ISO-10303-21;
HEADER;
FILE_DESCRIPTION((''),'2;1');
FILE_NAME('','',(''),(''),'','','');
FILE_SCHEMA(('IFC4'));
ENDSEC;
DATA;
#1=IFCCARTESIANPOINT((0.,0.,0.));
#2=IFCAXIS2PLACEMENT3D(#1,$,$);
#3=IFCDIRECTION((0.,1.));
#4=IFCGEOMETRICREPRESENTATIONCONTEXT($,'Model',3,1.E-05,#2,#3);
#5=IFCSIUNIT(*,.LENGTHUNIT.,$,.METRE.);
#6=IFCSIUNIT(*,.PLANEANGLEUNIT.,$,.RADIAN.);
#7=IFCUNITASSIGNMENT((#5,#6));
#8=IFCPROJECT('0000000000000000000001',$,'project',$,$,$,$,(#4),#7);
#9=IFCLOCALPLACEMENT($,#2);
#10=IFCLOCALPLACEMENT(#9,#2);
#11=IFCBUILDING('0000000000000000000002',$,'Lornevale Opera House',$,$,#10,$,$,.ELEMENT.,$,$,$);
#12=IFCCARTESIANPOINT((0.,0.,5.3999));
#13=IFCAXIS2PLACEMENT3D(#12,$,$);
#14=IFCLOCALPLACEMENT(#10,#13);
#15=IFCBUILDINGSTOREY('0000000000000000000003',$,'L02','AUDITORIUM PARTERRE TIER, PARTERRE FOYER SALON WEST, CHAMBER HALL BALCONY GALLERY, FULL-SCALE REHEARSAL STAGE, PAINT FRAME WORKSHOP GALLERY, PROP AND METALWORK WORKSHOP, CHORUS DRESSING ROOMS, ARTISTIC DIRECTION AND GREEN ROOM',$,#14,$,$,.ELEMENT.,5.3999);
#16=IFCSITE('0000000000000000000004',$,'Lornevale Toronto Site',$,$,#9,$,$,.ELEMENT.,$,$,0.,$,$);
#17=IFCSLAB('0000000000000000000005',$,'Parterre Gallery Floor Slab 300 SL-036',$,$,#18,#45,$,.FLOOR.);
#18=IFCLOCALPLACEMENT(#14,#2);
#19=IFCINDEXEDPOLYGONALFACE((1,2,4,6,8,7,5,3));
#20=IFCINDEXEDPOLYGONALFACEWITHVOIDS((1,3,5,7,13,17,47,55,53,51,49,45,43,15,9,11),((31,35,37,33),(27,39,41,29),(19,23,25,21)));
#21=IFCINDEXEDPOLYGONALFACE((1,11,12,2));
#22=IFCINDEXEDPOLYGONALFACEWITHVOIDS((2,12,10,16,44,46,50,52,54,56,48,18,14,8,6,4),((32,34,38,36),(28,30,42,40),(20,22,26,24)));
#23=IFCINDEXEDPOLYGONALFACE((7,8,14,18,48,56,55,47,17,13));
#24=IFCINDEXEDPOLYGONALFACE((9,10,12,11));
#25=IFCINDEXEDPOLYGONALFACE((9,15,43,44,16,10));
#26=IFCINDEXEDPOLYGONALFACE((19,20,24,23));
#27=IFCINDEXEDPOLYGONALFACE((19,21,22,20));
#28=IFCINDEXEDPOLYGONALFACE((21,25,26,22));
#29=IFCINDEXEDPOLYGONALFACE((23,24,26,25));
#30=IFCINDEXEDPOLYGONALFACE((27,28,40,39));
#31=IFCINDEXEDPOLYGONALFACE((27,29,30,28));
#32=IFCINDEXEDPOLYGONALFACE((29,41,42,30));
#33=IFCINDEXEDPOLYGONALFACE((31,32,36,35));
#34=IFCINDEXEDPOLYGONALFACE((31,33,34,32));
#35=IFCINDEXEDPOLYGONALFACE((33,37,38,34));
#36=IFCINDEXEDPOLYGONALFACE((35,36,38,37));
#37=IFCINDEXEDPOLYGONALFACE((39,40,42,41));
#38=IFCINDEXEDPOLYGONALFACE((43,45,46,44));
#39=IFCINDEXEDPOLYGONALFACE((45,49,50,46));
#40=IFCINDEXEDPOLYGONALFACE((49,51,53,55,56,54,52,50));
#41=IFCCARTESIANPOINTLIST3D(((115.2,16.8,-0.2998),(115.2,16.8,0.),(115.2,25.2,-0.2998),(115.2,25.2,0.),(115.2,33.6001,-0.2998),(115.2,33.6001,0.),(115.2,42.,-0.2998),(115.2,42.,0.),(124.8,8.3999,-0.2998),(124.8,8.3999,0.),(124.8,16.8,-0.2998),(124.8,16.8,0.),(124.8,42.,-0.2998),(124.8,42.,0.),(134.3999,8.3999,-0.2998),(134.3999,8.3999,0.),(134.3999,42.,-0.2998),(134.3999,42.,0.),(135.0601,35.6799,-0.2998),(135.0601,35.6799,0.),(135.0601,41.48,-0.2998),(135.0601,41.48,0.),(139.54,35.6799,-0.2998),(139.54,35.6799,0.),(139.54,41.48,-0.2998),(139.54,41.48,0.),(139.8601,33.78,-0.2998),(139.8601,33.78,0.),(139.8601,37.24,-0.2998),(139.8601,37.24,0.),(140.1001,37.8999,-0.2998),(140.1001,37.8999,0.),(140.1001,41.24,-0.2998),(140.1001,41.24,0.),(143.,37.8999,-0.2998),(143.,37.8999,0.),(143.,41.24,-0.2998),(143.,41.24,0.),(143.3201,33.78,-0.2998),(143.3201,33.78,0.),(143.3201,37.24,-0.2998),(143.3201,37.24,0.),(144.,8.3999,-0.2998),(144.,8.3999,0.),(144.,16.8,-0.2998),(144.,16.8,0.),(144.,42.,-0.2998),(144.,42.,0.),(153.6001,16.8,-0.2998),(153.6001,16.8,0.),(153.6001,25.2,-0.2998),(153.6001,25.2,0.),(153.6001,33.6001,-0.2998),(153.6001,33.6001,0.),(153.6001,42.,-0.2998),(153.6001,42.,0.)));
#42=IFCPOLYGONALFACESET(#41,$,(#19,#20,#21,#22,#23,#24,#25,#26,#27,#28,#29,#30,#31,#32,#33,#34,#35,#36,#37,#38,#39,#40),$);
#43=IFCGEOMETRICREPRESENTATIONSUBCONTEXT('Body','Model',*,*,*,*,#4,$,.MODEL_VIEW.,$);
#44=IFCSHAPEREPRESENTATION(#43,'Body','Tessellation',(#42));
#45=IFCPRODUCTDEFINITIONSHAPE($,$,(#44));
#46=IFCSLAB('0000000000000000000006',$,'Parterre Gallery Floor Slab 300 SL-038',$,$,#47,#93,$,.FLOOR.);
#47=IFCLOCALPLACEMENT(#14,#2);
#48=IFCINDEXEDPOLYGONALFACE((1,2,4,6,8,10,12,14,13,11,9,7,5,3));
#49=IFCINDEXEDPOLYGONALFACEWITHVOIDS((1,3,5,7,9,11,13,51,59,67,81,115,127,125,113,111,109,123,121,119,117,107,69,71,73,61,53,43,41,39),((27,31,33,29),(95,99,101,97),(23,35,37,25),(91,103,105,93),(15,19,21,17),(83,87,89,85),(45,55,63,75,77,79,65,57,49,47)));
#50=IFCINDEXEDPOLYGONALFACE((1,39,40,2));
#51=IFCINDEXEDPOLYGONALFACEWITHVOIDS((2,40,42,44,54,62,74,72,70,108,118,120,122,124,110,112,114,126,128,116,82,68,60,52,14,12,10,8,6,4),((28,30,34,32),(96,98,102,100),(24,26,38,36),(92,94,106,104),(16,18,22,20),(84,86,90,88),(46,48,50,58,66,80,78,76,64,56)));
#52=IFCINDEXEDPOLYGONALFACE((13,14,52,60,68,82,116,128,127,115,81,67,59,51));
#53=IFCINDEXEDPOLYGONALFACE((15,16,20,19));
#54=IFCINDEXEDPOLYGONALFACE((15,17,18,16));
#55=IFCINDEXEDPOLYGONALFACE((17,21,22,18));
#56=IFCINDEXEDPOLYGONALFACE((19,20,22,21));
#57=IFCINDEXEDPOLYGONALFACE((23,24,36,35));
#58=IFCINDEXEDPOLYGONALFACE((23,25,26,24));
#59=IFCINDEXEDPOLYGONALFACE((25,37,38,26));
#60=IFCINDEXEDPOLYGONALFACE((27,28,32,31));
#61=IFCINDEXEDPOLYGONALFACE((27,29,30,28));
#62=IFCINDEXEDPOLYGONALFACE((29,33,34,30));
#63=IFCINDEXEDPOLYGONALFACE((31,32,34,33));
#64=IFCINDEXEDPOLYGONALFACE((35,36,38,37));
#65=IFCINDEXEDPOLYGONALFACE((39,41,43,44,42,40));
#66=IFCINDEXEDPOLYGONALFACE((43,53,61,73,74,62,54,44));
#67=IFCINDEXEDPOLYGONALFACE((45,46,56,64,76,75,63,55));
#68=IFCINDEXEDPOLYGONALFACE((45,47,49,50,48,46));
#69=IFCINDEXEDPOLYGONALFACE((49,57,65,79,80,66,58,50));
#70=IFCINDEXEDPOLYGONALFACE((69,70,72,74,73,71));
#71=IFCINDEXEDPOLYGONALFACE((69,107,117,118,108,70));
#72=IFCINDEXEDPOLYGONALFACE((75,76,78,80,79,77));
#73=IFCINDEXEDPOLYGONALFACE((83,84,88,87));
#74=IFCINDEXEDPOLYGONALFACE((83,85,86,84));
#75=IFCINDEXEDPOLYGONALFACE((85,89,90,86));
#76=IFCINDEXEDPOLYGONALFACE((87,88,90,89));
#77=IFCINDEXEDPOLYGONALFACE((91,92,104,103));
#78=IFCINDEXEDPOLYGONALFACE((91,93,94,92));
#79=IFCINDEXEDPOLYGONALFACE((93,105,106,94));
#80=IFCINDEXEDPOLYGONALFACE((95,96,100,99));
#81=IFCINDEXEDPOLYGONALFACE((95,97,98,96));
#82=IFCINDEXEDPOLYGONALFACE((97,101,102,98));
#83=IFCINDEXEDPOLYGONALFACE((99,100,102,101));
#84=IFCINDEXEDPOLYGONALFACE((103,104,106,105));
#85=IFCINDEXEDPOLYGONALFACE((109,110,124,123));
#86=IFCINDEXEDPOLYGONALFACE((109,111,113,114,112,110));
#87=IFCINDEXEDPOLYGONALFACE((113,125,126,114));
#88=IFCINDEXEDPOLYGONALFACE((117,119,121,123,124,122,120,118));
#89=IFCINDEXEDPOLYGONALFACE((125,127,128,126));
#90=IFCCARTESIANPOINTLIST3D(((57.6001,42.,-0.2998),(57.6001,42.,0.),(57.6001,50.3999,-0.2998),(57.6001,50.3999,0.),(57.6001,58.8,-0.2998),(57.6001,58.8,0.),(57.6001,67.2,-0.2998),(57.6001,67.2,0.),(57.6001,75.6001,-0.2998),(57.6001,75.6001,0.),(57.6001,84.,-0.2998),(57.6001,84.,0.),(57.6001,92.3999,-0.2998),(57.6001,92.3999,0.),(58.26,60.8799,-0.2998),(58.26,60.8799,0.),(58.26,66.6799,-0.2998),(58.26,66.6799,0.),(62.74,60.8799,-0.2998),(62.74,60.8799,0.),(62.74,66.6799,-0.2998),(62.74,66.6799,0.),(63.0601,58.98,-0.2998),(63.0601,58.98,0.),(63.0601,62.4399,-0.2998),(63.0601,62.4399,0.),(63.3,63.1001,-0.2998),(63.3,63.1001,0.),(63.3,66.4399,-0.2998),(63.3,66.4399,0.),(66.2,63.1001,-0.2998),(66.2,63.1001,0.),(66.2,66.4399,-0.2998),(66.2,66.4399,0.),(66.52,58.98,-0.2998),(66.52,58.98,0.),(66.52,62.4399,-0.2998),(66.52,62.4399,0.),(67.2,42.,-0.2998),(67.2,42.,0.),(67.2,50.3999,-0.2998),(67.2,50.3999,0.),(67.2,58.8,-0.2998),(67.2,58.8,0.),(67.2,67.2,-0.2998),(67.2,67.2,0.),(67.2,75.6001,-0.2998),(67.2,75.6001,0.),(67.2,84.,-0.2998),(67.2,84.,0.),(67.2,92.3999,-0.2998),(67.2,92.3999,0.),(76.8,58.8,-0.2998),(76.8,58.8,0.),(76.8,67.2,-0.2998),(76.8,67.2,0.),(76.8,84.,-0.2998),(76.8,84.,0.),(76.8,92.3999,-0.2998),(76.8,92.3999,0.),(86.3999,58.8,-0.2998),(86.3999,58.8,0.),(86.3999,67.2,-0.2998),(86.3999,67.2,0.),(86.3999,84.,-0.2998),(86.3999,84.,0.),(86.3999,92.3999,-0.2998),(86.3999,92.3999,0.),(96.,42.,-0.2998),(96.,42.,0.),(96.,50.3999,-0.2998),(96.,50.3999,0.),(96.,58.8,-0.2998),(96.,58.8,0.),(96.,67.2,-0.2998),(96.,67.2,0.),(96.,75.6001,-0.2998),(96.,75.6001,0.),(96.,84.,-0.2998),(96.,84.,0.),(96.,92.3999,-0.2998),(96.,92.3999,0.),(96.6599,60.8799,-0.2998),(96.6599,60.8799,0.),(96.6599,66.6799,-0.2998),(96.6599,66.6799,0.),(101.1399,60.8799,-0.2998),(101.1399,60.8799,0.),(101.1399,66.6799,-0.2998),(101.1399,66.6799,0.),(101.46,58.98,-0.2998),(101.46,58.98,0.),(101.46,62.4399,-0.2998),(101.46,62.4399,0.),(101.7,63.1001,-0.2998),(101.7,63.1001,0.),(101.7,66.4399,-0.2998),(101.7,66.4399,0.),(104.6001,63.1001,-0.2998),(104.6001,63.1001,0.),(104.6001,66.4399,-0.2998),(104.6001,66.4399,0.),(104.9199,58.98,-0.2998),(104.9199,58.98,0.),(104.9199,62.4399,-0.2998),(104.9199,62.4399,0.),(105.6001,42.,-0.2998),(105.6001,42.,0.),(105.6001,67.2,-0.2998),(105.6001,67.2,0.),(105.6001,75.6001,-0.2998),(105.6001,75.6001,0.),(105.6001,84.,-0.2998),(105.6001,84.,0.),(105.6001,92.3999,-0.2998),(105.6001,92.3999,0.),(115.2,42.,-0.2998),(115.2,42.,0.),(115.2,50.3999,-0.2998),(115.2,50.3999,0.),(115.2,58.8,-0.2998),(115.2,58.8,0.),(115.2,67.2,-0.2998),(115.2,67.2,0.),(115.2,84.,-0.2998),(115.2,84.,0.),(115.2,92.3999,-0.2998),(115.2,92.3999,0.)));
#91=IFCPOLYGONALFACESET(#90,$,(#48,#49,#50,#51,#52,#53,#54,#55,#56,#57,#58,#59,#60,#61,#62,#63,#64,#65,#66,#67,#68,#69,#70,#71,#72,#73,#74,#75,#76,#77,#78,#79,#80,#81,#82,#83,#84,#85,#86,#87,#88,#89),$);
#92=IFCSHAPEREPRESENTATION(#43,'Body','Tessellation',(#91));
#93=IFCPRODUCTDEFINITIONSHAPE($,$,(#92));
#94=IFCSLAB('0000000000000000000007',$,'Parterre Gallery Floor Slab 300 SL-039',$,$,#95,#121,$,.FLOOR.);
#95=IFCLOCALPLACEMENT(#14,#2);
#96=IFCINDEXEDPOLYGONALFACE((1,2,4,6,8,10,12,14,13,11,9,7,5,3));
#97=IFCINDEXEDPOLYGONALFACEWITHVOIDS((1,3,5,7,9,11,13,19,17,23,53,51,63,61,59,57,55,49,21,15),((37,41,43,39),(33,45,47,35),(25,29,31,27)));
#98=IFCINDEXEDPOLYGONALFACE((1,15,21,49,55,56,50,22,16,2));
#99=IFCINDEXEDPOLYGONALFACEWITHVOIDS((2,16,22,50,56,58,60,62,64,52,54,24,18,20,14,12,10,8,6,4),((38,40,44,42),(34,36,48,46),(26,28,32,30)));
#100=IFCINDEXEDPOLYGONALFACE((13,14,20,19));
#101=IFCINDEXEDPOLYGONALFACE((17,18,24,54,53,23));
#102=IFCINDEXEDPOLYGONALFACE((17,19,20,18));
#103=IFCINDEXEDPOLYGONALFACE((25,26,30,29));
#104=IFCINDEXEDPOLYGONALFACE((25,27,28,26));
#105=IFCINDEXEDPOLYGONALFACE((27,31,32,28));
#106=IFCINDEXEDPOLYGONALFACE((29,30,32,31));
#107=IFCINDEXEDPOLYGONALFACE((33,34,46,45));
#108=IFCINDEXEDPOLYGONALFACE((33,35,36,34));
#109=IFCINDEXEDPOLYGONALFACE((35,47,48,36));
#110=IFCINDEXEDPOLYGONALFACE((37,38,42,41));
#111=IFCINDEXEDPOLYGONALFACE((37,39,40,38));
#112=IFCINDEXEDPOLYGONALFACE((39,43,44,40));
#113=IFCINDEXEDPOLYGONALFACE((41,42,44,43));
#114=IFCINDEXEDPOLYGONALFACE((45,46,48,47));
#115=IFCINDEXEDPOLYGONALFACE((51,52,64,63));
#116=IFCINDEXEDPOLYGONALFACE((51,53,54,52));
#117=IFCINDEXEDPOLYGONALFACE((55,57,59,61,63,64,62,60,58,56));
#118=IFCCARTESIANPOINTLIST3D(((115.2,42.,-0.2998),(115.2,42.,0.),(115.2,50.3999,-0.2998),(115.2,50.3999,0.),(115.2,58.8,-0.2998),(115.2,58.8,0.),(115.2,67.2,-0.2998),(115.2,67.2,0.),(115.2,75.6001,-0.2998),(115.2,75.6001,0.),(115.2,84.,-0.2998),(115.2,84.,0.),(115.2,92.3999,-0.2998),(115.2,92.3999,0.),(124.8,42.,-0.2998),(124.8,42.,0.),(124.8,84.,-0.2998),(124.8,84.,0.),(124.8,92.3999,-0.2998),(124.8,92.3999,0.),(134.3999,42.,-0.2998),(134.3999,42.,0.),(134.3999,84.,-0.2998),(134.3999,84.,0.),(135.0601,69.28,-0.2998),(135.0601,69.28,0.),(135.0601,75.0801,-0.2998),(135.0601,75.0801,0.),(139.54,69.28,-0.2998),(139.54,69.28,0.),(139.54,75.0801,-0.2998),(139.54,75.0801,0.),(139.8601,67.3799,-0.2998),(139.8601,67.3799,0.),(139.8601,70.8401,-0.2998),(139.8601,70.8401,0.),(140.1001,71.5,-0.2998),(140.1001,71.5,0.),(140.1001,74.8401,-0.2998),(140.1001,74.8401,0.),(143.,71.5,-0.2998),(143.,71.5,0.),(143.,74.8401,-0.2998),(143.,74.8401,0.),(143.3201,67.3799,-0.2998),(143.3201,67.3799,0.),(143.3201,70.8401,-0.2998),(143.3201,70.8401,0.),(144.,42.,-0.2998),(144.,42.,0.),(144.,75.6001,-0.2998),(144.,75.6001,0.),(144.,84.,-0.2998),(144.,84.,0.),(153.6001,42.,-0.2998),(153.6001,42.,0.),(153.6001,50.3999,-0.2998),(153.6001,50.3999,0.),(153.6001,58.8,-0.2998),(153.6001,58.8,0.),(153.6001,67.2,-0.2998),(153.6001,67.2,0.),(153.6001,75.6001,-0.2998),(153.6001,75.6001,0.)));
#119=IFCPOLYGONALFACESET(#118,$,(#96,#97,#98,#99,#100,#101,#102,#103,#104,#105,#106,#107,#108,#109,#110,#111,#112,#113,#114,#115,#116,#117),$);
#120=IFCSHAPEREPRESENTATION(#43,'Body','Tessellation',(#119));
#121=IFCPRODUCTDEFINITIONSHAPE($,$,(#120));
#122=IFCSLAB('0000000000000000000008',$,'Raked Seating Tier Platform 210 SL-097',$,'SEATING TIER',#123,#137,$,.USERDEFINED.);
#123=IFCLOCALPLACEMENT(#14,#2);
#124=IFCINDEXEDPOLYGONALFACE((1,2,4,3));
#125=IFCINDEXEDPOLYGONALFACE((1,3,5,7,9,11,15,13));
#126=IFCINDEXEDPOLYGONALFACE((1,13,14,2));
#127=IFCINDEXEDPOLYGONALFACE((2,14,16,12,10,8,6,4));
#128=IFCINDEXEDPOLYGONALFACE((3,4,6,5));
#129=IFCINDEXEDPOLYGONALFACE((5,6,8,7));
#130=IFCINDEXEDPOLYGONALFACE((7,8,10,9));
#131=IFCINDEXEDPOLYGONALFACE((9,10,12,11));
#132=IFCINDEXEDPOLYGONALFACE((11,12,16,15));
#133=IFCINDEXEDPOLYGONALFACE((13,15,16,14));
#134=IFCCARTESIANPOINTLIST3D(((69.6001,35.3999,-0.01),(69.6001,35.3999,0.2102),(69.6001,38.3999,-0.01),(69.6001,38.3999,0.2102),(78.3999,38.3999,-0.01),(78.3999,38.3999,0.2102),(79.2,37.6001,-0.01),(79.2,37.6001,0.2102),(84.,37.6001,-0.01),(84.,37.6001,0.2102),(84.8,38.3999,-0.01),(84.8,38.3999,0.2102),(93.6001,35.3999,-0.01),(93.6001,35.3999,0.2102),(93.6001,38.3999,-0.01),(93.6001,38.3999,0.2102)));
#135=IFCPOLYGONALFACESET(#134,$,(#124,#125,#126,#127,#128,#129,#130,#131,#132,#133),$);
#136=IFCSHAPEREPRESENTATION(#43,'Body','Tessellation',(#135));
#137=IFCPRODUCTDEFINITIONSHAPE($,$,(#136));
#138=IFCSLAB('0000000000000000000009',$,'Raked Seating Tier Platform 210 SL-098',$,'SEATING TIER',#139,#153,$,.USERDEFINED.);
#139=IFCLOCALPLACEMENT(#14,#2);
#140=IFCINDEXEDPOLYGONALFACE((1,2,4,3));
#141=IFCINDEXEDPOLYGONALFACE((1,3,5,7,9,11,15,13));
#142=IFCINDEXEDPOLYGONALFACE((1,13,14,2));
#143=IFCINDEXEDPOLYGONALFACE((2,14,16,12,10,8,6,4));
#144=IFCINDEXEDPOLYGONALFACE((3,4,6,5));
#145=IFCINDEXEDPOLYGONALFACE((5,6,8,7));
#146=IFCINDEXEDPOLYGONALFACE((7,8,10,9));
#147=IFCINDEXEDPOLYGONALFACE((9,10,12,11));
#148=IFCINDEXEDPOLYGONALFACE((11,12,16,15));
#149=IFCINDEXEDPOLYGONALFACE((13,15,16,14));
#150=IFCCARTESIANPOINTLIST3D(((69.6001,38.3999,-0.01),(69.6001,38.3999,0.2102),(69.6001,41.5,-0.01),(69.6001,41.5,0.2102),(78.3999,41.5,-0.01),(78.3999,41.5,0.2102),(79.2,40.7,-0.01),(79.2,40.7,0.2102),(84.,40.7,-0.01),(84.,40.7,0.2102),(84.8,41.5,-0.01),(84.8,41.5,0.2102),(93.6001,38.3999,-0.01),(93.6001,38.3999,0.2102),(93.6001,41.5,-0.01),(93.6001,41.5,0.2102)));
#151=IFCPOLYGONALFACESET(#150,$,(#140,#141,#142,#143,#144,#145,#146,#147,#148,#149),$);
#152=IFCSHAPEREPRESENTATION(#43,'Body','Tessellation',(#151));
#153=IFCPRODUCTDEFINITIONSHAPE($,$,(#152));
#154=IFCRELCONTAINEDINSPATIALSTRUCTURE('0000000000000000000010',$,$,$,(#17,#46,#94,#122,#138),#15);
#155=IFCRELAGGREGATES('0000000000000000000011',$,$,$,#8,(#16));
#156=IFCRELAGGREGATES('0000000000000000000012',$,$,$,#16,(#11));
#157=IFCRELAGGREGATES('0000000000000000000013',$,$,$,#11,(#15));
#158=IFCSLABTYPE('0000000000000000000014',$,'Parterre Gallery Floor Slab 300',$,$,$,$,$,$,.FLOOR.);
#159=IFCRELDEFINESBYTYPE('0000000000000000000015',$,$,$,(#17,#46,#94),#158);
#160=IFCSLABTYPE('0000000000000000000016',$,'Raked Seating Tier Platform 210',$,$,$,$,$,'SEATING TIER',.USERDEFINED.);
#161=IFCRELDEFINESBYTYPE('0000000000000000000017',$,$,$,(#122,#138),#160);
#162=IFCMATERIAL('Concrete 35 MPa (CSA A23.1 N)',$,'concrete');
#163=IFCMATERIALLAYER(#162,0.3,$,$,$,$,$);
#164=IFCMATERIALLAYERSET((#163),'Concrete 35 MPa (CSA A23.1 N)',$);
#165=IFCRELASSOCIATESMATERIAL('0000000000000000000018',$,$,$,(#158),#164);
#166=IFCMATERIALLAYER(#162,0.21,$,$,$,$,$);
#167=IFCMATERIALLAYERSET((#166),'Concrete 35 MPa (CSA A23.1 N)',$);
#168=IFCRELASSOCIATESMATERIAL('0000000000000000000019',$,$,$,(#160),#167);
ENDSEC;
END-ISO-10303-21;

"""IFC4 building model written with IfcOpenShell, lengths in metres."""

from ifc_helpers import new_model, si_unit, direction, frame, origin, place, context, subcontext, project, spatial, polyline, outline, extrude, material, layer, layer_set, type_object, element, save


model = new_model("IFC4")

# Units and contexts
model_context = context("Model", 3, precision=1e-05, world=origin(), true_north=direction((0.0, 1.0)))
body_context = subcontext(model_context, "Body", "Model", "MODEL_VIEW")
ifc_project = project(units=[si_unit("LENGTHUNIT", "METRE"), si_unit("PLANEANGLEUNIT", "RADIAN")], contexts=[model_context])

# Site, building, storey
site_placement = place(None, origin())
site = spatial("IfcSite", under=ifc_project, at=site_placement, Name="Lornevale Toronto Site", CompositionType="ELEMENT", RefElevation=0.0)
building_placement = place(site_placement, origin())
building = spatial("IfcBuilding", under=site, at=building_placement, Name="Lornevale Opera House", CompositionType="ELEMENT")
storey_placement = place(building_placement, frame((0.0, 0.0, 5.3999)))
storey = spatial("IfcBuildingStorey", under=building, at=storey_placement, Name="L02", Description="AUDITORIUM PARTERRE TIER, PARTERRE FOYER SALON WEST, CHAMBER HALL BALCONY GALLERY, FULL-SCALE REHEARSAL STAGE, PAINT FRAME WORKSHOP GALLERY, PROP AND METALWORK WORKSHOP, CHORUS DRESSING ROOMS, ARTISTIC DIRECTION AND GREEN ROOM", CompositionType="ELEMENT", Elevation=5.3999)

# Slabs
ifc_material_1 = material(Name="Concrete 35 MPa (CSA A23.1 N)", Category="concrete")
ifc_layer_1 = layer(ifc_material_1, 0.3)
ifc_layer_set_1 = layer_set([ifc_layer_1], Name="Concrete 35 MPa (CSA A23.1 N)")
slab_type_1 = type_object("IfcSlabType", Name="Parterre Gallery Floor Slab 300", PredefinedType="FLOOR", material=ifc_layer_set_1)
slab_1_placement = place(storey_placement, frame((0.0, 0.0, -0.2998)))
element("IfcSlab", 1, at=slab_1_placement, inside=storey, type_object=slab_type_1, Name="Parterre Gallery Floor Slab 300 SL-036", PredefinedType="FLOOR", context=body_context, shape_type="SweptSolid", body=[
    extrude(outline(polyline([(124.8, 16.8), (115.2, 16.8), (115.2, 25.2), (115.2, 33.6001), (115.2, 42.0), (124.8, 42.0), (134.3999, 42.0), (144.0, 42.0), (153.6001, 42.0), (153.6001, 33.6001), (153.6001, 25.2), (153.6001, 16.8), (144.0, 16.8), (144.0, 8.3999), (134.3999, 8.3999), (124.8, 8.3999), (124.8, 16.8)]), holes=[polyline([(139.8601, 33.78), (143.3201, 33.78), (143.3201, 37.24), (139.8601, 37.24), (139.8601, 33.78)]), polyline([(135.0601, 35.6799), (139.54, 35.6799), (139.54, 41.48), (135.0601, 41.48), (135.0601, 35.6799)]), polyline([(140.1001, 37.8999), (143.0, 37.8999), (143.0, 41.24), (140.1001, 41.24), (140.1001, 37.8999)])]), origin(), (0.0, 0.0, 1.0), 0.2998),
])
slab_2_placement = place(storey_placement, frame((0.0, 0.0, -0.2998)))
element("IfcSlab", 2, at=slab_2_placement, inside=storey, type_object=slab_type_1, Name="Parterre Gallery Floor Slab 300 SL-038", PredefinedType="FLOOR", context=body_context, shape_type="SweptSolid", body=[
    extrude(outline(polyline([(57.6001, 58.8), (57.6001, 67.2), (57.6001, 75.6001), (57.6001, 84.0), (57.6001, 92.3999), (67.2, 92.3999), (76.8, 92.3999), (86.3999, 92.3999), (96.0, 92.3999), (105.6001, 92.3999), (115.2, 92.3999), (115.2, 84.0), (105.6001, 84.0), (105.6001, 75.6001), (105.6001, 67.2), (115.2, 67.2), (115.2, 58.8), (115.2, 50.3999), (115.2, 42.0), (105.6001, 42.0), (96.0, 42.0), (96.0, 50.3999), (96.0, 58.8), (86.3999, 58.8), (76.8, 58.8), (67.2, 58.8), (67.2, 50.3999), (67.2, 42.0), (57.6001, 42.0), (57.6001, 50.3999), (57.6001, 58.8)]), holes=[polyline([(86.3999, 84.0), (76.8, 84.0), (67.2, 84.0), (67.2, 75.6001), (67.2, 67.2), (76.8, 67.2), (86.3999, 67.2), (96.0, 67.2), (96.0, 75.6001), (96.0, 84.0), (86.3999, 84.0)]), polyline([(63.0601, 58.98), (66.52, 58.98), (66.52, 62.4399), (63.0601, 62.4399), (63.0601, 58.98)]), polyline([(58.26, 60.8799), (62.74, 60.8799), (62.74, 66.6799), (58.26, 66.6799), (58.26, 60.8799)]), polyline([(101.46, 58.98), (104.9199, 58.98), (104.9199, 62.4399), (101.46, 62.4399), (101.46, 58.98)]), polyline([(96.6599, 60.8799), (101.1399, 60.8799), (101.1399, 66.6799), (96.6599, 66.6799), (96.6599, 60.8799)]), polyline([(63.3, 63.1001), (66.2, 63.1001), (66.2, 66.4399), (63.3, 66.4399), (63.3, 63.1001)]), polyline([(101.7, 63.1001), (104.6001, 63.1001), (104.6001, 66.4399), (101.7, 66.4399), (101.7, 63.1001)])]), origin(), (0.0, 0.0, 1.0), 0.2998),
])
slab_3_placement = place(storey_placement, frame((0.0, 0.0, -0.2998)))
element("IfcSlab", 3, at=slab_3_placement, inside=storey, type_object=slab_type_1, Name="Parterre Gallery Floor Slab 300 SL-039", PredefinedType="FLOOR", context=body_context, shape_type="SweptSolid", body=[
    extrude(outline(polyline([(115.2, 58.8), (115.2, 67.2), (115.2, 75.6001), (115.2, 84.0), (115.2, 92.3999), (124.8, 92.3999), (124.8, 84.0), (134.3999, 84.0), (144.0, 84.0), (144.0, 75.6001), (153.6001, 75.6001), (153.6001, 67.2), (153.6001, 58.8), (153.6001, 50.3999), (153.6001, 42.0), (144.0, 42.0), (134.3999, 42.0), (124.8, 42.0), (115.2, 42.0), (115.2, 50.3999), (115.2, 58.8)]), holes=[polyline([(139.8601, 67.3799), (143.3201, 67.3799), (143.3201, 70.8401), (139.8601, 70.8401), (139.8601, 67.3799)]), polyline([(135.0601, 69.28), (139.54, 69.28), (139.54, 75.0801), (135.0601, 75.0801), (135.0601, 69.28)]), polyline([(140.1001, 71.5), (143.0, 71.5), (143.0, 74.8401), (140.1001, 74.8401), (140.1001, 71.5)])]), origin(), (0.0, 0.0, 1.0), 0.2998),
])
ifc_layer_2 = layer(ifc_material_1, 0.21)
ifc_layer_set_2 = layer_set([ifc_layer_2], Name="Concrete 35 MPa (CSA A23.1 N)")
slab_type_2 = type_object("IfcSlabType", Name="Raked Seating Tier Platform 210", ElementType="SEATING TIER", PredefinedType="USERDEFINED", material=ifc_layer_set_2)
slab_4_placement = place(storey_placement, frame((0.0, 0.0, -0.01)))
element("IfcSlab", 4, at=slab_4_placement, inside=storey, type_object=slab_type_2, Name="Raked Seating Tier Platform 210 SL-097", ObjectType="SEATING TIER", PredefinedType="USERDEFINED", context=body_context, shape_type="SweptSolid", body=[
    extrude(outline(polyline([(69.6001, 35.3999), (93.6001, 35.3999), (93.6001, 38.3999), (84.8, 38.3999), (84.0, 37.6001), (79.2, 37.6001), (78.3999, 38.3999), (69.6001, 38.3999), (69.6001, 35.3999)])), origin(), (0.0, 0.0, 1.0), 0.2202),
])
slab_5_placement = place(storey_placement, frame((0.0, 0.0, -0.01)))
element("IfcSlab", 5, at=slab_5_placement, inside=storey, type_object=slab_type_2, Name="Raked Seating Tier Platform 210 SL-098", ObjectType="SEATING TIER", PredefinedType="USERDEFINED", context=body_context, shape_type="SweptSolid", body=[
    extrude(outline(polyline([(69.6001, 38.3999), (93.6001, 38.3999), (93.6001, 41.5), (84.8, 41.5), (84.0, 40.7), (79.2, 40.7), (78.3999, 41.5), (69.6001, 41.5), (69.6001, 38.3999)])), origin(), (0.0, 0.0, 1.0), 0.2202),
])

save(model, "model.ifc")
